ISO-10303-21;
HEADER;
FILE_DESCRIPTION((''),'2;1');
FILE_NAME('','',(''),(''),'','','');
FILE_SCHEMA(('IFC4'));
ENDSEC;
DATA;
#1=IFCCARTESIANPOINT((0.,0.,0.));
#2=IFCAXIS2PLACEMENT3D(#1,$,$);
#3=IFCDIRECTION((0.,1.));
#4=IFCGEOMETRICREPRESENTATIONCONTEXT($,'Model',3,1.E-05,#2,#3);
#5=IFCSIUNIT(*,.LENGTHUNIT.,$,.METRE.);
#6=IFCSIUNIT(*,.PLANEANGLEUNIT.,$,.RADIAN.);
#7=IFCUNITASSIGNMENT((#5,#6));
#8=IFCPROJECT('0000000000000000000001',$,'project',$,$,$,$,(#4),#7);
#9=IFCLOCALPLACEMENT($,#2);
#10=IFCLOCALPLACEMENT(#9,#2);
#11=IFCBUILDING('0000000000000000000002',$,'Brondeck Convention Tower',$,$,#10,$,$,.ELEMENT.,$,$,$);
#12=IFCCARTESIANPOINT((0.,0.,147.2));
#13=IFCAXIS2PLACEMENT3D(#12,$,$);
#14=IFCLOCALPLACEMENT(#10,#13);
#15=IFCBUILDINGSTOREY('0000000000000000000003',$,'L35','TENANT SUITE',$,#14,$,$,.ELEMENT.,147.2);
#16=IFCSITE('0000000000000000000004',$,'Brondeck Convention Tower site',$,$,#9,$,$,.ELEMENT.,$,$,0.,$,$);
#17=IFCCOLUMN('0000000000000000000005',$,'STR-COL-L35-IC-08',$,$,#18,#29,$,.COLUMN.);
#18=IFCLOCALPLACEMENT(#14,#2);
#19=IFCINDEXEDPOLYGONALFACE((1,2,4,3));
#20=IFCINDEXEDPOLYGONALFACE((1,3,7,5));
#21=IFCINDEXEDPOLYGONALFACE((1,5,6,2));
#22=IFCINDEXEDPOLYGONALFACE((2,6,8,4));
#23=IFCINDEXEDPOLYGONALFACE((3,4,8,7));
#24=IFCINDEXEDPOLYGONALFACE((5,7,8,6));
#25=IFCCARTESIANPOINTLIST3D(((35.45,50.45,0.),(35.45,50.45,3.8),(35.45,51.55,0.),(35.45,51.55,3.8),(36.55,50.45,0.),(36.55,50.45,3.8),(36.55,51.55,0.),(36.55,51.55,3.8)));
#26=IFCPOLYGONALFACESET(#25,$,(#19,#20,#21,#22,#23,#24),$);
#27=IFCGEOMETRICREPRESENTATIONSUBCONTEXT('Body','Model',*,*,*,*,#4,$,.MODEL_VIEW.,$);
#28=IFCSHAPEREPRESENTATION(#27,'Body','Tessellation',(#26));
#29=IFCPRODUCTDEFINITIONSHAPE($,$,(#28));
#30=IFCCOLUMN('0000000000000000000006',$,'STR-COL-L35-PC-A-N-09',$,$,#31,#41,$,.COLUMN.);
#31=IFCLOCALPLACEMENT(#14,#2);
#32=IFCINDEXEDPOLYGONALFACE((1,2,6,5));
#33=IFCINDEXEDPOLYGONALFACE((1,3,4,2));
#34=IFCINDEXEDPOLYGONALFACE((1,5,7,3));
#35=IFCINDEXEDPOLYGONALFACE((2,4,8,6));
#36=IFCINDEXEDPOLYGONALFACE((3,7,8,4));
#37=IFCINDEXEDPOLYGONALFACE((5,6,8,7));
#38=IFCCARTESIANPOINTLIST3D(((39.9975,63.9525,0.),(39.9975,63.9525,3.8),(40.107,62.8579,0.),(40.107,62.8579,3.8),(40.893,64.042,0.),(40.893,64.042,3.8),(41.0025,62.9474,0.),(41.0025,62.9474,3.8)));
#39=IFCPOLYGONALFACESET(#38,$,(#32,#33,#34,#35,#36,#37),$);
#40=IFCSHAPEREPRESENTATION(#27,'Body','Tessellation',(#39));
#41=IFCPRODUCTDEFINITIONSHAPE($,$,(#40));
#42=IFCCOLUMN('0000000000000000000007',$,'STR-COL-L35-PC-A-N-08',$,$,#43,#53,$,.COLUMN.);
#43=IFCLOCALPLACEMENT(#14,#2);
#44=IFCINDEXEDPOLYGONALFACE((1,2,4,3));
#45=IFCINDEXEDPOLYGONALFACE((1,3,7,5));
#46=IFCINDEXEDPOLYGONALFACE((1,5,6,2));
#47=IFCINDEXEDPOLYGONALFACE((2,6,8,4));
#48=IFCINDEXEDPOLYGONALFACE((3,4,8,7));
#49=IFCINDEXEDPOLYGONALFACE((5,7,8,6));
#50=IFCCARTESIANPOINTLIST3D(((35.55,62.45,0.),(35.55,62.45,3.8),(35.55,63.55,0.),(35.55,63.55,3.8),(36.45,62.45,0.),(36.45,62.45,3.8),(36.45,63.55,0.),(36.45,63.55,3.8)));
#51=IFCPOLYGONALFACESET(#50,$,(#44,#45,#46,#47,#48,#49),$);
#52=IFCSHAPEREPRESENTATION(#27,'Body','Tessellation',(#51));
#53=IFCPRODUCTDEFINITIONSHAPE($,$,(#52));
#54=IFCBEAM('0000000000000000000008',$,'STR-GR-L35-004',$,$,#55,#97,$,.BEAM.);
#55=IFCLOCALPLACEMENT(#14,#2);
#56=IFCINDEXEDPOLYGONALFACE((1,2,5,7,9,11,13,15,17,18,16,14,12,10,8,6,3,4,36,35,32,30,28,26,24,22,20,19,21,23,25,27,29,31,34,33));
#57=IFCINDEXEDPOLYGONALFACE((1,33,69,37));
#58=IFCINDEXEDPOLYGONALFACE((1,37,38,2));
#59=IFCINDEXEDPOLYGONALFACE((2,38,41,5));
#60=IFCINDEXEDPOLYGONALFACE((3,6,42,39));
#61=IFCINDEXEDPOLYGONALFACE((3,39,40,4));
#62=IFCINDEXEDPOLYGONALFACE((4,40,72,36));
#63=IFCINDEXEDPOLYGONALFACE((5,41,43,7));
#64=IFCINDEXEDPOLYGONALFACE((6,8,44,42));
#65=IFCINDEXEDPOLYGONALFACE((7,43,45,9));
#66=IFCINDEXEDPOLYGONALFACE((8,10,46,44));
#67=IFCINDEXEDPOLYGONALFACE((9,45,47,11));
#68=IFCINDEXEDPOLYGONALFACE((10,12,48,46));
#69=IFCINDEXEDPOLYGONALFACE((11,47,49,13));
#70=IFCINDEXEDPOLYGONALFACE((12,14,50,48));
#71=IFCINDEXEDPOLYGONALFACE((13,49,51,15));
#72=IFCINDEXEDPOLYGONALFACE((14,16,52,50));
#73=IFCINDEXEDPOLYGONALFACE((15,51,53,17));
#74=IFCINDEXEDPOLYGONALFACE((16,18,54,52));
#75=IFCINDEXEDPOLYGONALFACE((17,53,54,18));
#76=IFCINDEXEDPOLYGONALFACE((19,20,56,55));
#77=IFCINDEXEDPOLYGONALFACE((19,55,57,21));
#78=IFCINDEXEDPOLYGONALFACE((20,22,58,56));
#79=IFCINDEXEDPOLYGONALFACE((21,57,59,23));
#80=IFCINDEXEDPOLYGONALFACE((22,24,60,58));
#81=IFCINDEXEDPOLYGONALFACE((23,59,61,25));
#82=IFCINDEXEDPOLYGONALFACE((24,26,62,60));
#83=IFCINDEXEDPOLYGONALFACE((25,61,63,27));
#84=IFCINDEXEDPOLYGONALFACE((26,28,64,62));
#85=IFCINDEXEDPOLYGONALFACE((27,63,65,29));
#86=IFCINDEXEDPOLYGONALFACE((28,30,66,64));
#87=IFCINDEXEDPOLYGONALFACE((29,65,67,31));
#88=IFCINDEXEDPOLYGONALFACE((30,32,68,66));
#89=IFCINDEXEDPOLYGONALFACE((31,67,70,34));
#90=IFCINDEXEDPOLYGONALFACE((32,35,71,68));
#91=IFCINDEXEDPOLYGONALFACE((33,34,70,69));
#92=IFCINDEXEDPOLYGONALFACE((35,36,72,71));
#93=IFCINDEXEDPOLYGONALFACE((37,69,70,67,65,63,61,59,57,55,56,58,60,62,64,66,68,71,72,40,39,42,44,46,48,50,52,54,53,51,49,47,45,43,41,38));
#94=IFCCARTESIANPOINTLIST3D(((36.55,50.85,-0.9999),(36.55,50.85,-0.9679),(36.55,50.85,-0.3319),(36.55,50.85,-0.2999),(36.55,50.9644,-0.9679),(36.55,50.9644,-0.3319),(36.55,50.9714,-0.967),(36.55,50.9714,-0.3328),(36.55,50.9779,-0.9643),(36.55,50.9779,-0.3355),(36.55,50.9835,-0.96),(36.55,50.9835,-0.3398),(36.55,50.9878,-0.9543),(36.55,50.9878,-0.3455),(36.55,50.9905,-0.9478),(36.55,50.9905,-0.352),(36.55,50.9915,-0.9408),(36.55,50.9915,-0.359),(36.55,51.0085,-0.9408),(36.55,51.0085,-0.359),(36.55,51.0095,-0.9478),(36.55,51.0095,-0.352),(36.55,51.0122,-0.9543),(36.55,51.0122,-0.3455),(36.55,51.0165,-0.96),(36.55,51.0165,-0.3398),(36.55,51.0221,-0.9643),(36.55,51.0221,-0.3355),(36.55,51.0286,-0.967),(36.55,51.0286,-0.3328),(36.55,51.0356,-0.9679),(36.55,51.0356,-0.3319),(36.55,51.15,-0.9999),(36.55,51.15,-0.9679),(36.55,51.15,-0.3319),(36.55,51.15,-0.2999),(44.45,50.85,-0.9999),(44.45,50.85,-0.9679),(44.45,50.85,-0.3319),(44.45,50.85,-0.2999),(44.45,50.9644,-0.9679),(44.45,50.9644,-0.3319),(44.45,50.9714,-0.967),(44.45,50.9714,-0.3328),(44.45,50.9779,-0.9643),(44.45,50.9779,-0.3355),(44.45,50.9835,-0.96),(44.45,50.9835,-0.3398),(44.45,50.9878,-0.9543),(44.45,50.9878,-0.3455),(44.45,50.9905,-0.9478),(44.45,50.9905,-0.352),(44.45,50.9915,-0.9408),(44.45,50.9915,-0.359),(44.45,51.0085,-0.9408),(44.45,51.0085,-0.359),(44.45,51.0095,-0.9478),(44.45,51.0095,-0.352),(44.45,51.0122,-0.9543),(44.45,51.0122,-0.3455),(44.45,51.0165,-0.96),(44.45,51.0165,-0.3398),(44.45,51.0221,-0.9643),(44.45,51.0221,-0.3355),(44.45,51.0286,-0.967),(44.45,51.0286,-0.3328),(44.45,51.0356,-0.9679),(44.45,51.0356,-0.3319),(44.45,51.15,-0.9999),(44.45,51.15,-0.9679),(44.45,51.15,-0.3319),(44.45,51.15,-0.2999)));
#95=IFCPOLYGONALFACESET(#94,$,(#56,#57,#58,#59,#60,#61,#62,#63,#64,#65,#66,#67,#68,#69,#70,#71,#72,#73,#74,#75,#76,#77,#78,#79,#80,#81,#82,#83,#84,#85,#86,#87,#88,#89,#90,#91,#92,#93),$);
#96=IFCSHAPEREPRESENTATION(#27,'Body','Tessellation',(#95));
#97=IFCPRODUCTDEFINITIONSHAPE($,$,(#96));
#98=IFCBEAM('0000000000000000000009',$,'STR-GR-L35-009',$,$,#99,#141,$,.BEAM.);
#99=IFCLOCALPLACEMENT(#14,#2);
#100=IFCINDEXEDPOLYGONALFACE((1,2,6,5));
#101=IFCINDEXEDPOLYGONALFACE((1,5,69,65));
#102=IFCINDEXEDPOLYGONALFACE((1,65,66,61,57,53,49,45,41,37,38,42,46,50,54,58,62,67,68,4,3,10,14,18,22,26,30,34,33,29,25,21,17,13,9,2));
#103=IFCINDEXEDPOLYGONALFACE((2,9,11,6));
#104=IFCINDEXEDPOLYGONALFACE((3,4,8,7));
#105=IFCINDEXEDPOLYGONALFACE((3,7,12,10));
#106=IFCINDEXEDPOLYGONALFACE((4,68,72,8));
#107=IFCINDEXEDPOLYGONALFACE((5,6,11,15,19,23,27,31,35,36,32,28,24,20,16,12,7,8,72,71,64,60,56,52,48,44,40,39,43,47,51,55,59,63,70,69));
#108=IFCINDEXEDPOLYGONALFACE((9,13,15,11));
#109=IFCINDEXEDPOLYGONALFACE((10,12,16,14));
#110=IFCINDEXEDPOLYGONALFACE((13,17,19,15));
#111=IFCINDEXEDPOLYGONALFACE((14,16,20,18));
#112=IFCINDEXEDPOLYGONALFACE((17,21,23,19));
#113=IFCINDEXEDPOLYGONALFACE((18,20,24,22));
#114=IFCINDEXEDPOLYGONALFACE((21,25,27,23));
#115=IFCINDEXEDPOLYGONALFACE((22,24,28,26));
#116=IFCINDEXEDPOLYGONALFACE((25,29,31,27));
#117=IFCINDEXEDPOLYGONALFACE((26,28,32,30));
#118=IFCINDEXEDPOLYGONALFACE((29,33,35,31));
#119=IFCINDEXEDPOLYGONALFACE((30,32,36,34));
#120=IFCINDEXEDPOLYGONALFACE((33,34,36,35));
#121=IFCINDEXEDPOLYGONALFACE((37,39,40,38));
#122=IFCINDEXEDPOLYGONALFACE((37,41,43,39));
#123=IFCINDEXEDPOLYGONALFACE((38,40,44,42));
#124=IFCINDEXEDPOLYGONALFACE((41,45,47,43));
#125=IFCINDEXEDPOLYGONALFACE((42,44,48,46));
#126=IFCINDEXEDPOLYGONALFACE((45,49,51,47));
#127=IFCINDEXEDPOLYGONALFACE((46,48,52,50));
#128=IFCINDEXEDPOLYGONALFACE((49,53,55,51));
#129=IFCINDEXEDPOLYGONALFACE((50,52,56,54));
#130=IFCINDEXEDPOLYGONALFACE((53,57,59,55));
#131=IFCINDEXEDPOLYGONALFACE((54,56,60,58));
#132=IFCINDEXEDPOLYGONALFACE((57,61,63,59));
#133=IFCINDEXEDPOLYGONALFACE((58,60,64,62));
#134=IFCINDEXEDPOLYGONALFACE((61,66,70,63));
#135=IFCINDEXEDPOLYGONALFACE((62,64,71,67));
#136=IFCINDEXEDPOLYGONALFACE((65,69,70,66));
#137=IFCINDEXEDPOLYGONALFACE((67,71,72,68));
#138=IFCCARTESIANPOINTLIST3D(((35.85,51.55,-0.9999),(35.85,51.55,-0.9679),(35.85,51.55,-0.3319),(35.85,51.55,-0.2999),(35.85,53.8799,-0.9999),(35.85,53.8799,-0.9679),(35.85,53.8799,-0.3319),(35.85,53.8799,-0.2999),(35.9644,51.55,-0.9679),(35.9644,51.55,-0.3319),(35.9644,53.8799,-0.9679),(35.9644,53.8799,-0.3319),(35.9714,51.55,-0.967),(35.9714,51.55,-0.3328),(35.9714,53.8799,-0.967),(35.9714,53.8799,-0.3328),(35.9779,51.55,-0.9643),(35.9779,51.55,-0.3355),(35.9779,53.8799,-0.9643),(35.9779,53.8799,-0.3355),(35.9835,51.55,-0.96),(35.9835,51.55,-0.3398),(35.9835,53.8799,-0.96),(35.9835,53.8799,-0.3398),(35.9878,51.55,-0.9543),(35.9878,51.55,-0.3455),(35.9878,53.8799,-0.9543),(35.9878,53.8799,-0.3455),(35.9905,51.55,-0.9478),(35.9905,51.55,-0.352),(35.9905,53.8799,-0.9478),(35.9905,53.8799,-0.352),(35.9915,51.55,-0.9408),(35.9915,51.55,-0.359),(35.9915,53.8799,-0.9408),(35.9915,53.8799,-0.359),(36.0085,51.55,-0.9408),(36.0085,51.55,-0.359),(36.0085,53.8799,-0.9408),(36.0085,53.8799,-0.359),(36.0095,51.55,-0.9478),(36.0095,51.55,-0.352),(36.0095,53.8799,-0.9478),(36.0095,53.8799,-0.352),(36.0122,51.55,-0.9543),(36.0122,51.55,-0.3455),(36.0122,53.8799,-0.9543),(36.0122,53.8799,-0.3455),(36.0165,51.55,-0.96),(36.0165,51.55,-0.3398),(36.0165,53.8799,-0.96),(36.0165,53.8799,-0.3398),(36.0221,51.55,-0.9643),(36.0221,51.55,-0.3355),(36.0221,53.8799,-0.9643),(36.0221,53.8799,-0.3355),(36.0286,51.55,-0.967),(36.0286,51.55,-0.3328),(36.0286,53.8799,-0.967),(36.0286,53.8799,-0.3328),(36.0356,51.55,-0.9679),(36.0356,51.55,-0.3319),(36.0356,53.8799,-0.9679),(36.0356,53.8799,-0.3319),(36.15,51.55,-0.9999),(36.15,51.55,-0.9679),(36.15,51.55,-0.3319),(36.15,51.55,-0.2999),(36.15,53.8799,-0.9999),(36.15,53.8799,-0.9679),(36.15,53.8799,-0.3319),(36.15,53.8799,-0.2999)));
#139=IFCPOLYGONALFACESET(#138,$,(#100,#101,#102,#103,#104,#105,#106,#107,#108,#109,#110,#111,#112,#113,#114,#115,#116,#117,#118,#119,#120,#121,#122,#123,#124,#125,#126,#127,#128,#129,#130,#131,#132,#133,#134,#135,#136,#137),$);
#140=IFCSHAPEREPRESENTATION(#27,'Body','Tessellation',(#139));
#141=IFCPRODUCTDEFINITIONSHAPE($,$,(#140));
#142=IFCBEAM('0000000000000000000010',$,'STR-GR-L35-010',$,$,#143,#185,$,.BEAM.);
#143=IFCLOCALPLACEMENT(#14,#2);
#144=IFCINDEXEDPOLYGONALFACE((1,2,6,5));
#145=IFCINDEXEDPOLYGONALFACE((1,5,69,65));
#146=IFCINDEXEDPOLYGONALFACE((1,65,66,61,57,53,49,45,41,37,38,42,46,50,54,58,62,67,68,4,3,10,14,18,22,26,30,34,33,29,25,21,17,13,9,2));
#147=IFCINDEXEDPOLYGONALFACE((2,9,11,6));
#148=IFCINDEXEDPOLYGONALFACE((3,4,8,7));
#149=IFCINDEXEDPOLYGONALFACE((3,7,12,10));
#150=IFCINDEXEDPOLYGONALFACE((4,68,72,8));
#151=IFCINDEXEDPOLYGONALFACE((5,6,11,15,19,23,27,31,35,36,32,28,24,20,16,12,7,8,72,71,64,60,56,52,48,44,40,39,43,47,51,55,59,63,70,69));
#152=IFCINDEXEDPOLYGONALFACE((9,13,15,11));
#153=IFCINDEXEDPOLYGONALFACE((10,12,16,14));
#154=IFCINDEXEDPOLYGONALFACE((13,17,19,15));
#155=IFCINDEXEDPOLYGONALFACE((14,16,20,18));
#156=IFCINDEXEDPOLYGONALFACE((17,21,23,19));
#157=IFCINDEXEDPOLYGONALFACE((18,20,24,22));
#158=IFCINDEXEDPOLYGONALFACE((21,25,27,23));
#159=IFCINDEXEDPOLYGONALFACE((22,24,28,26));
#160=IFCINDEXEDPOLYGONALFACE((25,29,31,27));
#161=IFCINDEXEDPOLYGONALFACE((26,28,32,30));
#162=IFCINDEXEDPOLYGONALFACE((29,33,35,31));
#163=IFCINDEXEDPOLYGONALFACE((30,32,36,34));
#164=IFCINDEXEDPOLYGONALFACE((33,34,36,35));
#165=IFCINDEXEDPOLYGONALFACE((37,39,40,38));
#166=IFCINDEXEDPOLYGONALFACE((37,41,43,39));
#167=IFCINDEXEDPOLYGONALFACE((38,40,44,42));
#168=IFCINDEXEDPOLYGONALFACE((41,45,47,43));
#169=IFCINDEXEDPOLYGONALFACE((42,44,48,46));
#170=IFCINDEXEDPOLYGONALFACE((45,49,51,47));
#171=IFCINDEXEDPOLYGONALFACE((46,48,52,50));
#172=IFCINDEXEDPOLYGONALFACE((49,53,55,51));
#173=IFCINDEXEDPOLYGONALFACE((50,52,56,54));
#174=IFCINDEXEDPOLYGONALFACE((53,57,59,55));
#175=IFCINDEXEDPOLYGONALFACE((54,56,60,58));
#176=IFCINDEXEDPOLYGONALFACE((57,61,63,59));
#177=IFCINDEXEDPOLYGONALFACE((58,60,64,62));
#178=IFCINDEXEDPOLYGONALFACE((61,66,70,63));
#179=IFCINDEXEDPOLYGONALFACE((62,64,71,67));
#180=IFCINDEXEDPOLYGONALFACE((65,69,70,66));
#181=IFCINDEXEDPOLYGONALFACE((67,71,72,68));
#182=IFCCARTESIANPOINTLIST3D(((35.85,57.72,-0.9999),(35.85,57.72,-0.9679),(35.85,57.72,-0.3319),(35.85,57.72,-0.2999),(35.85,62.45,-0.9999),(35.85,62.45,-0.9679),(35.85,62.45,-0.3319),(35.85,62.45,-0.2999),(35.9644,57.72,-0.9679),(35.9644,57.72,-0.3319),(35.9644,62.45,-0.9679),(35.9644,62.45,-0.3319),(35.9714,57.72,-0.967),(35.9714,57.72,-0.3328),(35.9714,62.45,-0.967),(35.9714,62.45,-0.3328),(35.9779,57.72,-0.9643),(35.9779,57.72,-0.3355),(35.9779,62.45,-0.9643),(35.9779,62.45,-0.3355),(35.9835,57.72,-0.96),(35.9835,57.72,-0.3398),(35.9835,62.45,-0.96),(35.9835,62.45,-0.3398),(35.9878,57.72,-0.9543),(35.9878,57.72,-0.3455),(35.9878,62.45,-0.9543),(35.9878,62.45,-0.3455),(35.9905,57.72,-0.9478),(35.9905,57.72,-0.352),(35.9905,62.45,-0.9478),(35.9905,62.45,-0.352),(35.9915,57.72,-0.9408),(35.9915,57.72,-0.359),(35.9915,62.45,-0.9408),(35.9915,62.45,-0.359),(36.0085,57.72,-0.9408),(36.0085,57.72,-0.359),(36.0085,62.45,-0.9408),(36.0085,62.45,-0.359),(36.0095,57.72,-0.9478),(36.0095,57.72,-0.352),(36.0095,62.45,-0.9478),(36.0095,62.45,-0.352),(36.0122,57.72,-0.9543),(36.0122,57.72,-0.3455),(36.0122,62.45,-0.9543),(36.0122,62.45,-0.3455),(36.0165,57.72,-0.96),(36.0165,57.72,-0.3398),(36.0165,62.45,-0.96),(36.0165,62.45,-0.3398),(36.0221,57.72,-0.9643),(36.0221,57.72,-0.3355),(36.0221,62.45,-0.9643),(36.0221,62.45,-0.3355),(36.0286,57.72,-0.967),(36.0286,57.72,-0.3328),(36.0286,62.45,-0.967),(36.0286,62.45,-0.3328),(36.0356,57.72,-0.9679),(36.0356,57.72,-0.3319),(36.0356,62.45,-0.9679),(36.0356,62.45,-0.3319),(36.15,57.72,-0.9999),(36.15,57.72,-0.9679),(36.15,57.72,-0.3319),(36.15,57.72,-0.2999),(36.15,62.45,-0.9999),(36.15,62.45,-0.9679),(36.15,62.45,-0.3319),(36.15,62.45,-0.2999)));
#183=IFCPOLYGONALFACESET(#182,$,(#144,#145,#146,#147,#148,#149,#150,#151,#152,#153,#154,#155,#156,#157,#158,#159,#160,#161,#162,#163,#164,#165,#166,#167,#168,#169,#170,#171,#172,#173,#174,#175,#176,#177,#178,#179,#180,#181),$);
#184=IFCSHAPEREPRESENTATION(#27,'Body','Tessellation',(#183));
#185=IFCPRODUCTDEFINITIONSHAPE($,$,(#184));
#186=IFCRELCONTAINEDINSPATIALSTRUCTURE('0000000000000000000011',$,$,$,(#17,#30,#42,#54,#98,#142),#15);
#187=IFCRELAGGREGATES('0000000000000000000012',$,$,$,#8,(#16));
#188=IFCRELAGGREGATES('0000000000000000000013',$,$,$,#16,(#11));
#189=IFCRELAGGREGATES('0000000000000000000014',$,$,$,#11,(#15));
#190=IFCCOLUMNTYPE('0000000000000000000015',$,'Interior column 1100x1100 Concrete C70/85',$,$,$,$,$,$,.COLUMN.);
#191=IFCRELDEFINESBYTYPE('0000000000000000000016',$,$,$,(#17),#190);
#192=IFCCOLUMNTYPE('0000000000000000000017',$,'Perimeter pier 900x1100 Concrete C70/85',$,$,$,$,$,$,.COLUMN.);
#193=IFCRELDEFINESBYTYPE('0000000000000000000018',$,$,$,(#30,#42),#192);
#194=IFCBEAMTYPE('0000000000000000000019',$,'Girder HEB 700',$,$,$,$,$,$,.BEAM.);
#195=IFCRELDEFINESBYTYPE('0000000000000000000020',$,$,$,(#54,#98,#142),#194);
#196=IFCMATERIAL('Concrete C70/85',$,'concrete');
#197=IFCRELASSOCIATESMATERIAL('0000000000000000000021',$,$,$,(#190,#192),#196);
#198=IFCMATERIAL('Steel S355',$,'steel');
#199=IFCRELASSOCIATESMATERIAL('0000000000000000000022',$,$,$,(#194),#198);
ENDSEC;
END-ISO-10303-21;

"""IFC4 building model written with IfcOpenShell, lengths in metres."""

from ifc_helpers import new_model, si_unit, direction, frame, origin, origin_2d, place, context, subcontext, project, spatial, rectangle, i_section, extrude, material, material_profile, profile_set, type_object, element, save


model = new_model("IFC4")

# Units and contexts
model_context = context("Model", 3, precision=1e-05, world=origin(), true_north=direction((0.0, 1.0)))
body_context = subcontext(model_context, "Body", "Model", "MODEL_VIEW")
ifc_project = project(units=[si_unit("LENGTHUNIT", "METRE"), si_unit("PLANEANGLEUNIT", "RADIAN")], contexts=[model_context])

# Site, building, storey
site_placement = place(None, origin())
site = spatial("IfcSite", under=ifc_project, at=site_placement, Name="Brondeck Convention Tower site", CompositionType="ELEMENT", RefElevation=0.0)
building_placement = place(site_placement, origin())
building = spatial("IfcBuilding", under=site, at=building_placement, Name="Brondeck Convention Tower", CompositionType="ELEMENT")
storey_placement = place(building_placement, frame((0.0, 0.0, 147.2)))
storey = spatial("IfcBuildingStorey", under=building, at=storey_placement, Name="L35", Description="TENANT SUITE", CompositionType="ELEMENT", Elevation=147.2)

# Columns
ifc_material_1 = material(Name="Concrete C70/85", Category="concrete")
ifc_material_profile_1 = material_profile(ifc_material_1, rectangle(XDim=1.1001, YDim=1.1001, at=origin_2d()), Name="Interior column 1100x1100 Concrete C70/85")
ifc_profile_set_1 = profile_set([ifc_material_profile_1], Name="Concrete C70/85")
column_type_1 = type_object("IfcColumnType", Name="Interior column 1100x1100 Concrete C70/85", PredefinedType="COLUMN", material=ifc_profile_set_1)
column_placement = place(storey_placement, frame((36.0, 51.0, 0.0), z_axis=(0.0, 0.0, 1.0), x_axis=(1.0, 0.0, 0.0)))
element("IfcColumn", 1, at=column_placement, inside=storey, type_object=column_type_1, Name="STR-COL-L35-IC-08", PredefinedType="COLUMN", context=body_context, shape_type="SweptSolid", body=[
    extrude(rectangle(XDim=1.1001, YDim=1.1001, at=origin_2d()), origin(), (0.0, 0.0, 1.0), 3.8),
])
ifc_material_profile_2 = material_profile(ifc_material_1, rectangle(XDim=0.8999, YDim=1.1001, at=origin_2d()), Name="Perimeter pier 900x1100 Concrete C70/85")
ifc_profile_set_2 = profile_set([ifc_material_profile_2], Name="Concrete C70/85")
column_type_2 = type_object("IfcColumnType", Name="Perimeter pier 900x1100 Concrete C70/85", PredefinedType="COLUMN", material=ifc_profile_set_2)
for number, where, z_axis, x_axis, name in (
    (2, (40.5, 63.45, 0.0), (0.0, 0.0, 1.0), (-0.995037, -0.099504, 0.0), "STR-COL-L35-PC-A-N-09"),
    (3, (36.0, 63.0, 0.0), (0.0, 0.0, 1.0), (-1.0, 0.0, 0.0), "STR-COL-L35-PC-A-N-08"),
):
    element("IfcColumn", number, at=place(storey_placement, frame(where, z_axis=z_axis, x_axis=x_axis)), inside=storey, type_object=column_type_2, Name=name, PredefinedType="COLUMN", context=body_context, shape_type="SweptSolid", body=[
        extrude(rectangle(XDim=0.8999, YDim=1.1001, at=origin_2d()), origin(), (0.0, 0.0, 1.0), 3.8),
    ])

# Beams
ifc_material_2 = material(Name="Steel S355", Category="steel")
ifc_material_profile_3 = material_profile(ifc_material_2, i_section(OverallWidth=0.3, OverallDepth=0.7, WebThickness=0.0171, FlangeThickness=0.032, FilletRadius=0.0271, at=origin_2d()), Name="HEB 700")
ifc_profile_set_3 = profile_set([ifc_material_profile_3], Name="Steel S355")
beam_type_1 = type_object("IfcBeamType", Name="Girder HEB 700", PredefinedType="BEAM", material=ifc_profile_set_3)
beam_1_placement = place(storey_placement, frame((36.55, 51.0, -0.6499), z_axis=(1.0, 0.0, 0.0), x_axis=(0.0, 1.0, 0.0)))
element("IfcBeam", 4, at=beam_1_placement, inside=storey, type_object=beam_type_1, Name="STR-GR-L35-004", PredefinedType="BEAM", context=body_context, shape_type="SweptSolid", body=[
    extrude(i_section(OverallWidth=0.3, OverallDepth=0.7, WebThickness=0.0171, FlangeThickness=0.032, FilletRadius=0.0271, at=origin_2d()), origin(), (0.0, 0.0, 1.0), 7.8999),
])
beam_2_placement = place(storey_placement, frame((36.0, 51.55, -0.6499), z_axis=(0.0, 1.0, 0.0), x_axis=(-1.0, 0.0, 0.0)))
element("IfcBeam", 5, at=beam_2_placement, inside=storey, type_object=beam_type_1, Name="STR-GR-L35-009", PredefinedType="BEAM", context=body_context, shape_type="SweptSolid", body=[
    extrude(i_section(OverallWidth=0.3, OverallDepth=0.7, WebThickness=0.0171, FlangeThickness=0.032, FilletRadius=0.0271, at=origin_2d()), origin(), (0.0, 0.0, 1.0), 2.3298),
])
beam_3_placement = place(storey_placement, frame((36.0, 57.72, -0.6499), z_axis=(0.0, 1.0, 0.0), x_axis=(-1.0, 0.0, 0.0)))
element("IfcBeam", 6, at=beam_3_placement, inside=storey, type_object=beam_type_1, Name="STR-GR-L35-010", PredefinedType="BEAM", context=body_context, shape_type="SweptSolid", body=[
    extrude(i_section(OverallWidth=0.3, OverallDepth=0.7, WebThickness=0.0171, FlangeThickness=0.032, FilletRadius=0.0271, at=origin_2d()), origin(), (0.0, 0.0, 1.0), 4.73),
])

save(model, "model.ifc")
